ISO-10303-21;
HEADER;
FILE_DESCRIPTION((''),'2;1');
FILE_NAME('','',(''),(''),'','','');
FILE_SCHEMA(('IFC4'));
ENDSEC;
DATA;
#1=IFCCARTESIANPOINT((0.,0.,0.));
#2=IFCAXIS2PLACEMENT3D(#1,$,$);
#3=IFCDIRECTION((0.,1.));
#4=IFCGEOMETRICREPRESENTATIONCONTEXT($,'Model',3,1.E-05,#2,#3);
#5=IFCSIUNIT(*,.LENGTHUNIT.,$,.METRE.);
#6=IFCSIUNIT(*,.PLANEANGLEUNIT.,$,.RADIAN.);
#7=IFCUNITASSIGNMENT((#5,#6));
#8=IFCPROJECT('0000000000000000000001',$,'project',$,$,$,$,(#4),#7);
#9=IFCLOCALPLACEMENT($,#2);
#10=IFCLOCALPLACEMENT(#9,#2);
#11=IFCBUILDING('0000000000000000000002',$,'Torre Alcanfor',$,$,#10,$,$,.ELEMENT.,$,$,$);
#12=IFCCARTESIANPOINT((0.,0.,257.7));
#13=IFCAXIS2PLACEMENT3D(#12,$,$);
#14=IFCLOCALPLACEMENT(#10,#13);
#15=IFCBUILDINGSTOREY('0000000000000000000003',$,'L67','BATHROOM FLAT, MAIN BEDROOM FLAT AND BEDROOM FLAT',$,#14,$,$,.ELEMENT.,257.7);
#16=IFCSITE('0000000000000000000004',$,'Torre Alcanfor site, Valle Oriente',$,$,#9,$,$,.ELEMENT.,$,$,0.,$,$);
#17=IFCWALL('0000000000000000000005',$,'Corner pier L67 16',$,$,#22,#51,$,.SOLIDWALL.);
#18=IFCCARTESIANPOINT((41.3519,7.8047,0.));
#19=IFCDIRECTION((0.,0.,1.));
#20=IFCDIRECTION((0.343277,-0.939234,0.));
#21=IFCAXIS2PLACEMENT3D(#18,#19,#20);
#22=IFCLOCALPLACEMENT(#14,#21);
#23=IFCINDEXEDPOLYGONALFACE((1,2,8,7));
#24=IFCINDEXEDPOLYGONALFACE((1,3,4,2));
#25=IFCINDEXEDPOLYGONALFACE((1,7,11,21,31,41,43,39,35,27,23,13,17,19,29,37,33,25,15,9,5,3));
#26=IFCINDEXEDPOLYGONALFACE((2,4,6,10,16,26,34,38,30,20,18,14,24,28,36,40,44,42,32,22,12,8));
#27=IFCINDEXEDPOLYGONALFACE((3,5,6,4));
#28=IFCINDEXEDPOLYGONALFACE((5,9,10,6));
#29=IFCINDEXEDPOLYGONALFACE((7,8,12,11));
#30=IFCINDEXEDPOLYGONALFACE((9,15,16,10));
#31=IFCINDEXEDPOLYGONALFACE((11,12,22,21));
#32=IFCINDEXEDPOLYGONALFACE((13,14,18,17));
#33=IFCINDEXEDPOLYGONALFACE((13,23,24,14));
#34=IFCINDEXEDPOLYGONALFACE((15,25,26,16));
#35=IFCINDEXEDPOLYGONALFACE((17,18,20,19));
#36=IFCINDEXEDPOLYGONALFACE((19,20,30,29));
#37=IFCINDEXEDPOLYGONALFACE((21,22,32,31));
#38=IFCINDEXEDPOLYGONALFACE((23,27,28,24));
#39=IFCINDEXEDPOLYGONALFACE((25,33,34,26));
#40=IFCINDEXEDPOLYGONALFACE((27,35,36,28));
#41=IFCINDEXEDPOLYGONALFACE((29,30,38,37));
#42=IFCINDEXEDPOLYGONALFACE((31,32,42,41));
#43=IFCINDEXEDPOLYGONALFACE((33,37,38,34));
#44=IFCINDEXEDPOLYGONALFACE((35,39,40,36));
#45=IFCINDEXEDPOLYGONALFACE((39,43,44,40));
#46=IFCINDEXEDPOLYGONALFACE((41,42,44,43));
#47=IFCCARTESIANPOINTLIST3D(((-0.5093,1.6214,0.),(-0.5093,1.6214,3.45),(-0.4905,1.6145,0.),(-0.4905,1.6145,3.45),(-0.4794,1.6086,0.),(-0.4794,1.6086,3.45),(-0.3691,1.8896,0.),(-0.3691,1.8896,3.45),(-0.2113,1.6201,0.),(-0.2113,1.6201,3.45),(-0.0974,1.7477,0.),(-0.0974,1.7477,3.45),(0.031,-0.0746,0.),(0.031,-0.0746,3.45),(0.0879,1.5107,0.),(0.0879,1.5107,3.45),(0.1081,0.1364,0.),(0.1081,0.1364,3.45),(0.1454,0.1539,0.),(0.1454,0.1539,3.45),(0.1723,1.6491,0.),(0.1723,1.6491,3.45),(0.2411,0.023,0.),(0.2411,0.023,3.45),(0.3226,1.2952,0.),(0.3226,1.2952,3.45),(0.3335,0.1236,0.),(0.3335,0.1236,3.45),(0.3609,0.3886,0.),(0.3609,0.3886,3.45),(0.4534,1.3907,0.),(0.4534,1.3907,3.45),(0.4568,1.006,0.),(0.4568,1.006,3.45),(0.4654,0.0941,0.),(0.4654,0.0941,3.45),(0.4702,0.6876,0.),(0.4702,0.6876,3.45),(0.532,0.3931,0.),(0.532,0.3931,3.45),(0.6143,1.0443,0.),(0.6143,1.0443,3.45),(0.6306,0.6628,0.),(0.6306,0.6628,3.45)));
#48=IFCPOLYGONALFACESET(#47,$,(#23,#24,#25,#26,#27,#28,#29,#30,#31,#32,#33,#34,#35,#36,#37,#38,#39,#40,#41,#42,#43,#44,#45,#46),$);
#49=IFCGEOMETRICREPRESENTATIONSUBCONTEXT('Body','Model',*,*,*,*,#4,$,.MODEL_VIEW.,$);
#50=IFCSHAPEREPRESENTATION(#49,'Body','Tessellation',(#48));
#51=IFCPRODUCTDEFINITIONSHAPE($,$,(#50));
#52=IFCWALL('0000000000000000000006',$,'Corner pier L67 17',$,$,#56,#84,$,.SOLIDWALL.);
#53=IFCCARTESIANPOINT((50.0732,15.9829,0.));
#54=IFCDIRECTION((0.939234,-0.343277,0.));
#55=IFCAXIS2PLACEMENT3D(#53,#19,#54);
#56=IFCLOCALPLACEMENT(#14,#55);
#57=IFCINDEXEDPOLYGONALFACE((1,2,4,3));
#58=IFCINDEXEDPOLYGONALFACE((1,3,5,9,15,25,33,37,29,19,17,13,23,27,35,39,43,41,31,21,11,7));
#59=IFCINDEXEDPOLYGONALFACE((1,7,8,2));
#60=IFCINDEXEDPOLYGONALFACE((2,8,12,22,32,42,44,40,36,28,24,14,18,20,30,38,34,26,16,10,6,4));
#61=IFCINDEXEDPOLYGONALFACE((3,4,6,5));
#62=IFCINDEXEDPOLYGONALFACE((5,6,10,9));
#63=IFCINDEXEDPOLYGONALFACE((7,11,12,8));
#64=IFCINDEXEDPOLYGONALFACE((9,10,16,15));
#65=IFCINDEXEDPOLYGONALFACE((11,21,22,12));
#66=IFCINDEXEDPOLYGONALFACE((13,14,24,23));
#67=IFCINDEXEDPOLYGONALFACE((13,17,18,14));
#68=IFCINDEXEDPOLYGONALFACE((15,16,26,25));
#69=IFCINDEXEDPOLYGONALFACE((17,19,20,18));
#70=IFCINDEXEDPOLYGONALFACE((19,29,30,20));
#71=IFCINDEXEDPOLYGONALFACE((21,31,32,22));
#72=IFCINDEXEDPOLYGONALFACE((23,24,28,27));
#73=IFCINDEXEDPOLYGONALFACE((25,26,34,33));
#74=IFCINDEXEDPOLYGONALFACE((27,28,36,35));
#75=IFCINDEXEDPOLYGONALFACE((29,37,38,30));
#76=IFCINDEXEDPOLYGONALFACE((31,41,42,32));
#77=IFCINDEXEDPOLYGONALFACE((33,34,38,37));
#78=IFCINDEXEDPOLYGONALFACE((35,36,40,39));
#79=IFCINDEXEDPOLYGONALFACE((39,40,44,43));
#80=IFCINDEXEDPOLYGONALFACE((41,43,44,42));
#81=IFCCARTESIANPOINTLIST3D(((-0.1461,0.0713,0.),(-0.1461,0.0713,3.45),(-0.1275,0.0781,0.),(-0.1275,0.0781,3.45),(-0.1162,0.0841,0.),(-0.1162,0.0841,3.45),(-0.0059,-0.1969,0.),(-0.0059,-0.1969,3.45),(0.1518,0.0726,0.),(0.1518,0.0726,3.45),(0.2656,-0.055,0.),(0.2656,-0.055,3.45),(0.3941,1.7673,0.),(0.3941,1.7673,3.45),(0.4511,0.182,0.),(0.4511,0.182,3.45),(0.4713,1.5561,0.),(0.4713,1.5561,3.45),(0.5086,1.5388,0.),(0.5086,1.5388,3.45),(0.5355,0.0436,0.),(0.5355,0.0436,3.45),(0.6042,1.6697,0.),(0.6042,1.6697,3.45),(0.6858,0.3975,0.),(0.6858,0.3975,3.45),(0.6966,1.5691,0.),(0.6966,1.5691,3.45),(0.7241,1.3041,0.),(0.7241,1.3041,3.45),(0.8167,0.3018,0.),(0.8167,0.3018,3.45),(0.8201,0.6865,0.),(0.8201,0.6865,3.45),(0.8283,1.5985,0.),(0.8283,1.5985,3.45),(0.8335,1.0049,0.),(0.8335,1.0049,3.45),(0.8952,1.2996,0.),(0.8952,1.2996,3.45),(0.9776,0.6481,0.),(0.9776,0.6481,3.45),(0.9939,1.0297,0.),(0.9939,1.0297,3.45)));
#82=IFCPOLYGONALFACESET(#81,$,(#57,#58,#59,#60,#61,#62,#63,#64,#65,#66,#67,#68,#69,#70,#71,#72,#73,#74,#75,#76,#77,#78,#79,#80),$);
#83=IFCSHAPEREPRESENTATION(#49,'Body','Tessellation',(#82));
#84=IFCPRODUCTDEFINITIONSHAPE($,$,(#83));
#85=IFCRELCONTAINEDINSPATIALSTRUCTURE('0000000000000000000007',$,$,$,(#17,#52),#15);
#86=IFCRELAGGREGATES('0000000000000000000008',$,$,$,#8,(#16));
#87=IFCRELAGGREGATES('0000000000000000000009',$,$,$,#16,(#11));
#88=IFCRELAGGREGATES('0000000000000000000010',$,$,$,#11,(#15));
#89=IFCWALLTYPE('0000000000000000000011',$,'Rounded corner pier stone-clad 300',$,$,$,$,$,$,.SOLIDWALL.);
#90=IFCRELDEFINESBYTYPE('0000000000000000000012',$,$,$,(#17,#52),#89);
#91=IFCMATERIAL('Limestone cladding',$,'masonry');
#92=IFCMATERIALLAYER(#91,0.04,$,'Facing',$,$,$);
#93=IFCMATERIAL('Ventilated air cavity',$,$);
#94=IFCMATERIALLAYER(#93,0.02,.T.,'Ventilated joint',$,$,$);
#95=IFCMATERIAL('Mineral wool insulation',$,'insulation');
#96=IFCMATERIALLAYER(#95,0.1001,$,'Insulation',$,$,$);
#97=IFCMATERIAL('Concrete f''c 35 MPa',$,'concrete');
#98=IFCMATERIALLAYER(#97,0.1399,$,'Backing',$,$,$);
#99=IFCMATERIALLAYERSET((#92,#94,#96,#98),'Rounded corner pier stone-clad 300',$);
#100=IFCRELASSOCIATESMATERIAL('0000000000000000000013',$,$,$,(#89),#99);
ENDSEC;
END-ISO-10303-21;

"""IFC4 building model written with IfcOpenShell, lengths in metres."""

from ifc_helpers import new_model, si_unit, direction, frame, origin, place, context, subcontext, project, spatial, polyline, outline, extrude, material, layer, layer_set, type_object, element, save


model = new_model("IFC4")

# Units and contexts
model_context = context("Model", 3, precision=1e-05, world=origin(), true_north=direction((0.0, 1.0)))
body_context = subcontext(model_context, "Body", "Model", "MODEL_VIEW")
ifc_project = project(units=[si_unit("LENGTHUNIT", "METRE"), si_unit("PLANEANGLEUNIT", "RADIAN")], contexts=[model_context])

# Site, building, storey
site_placement = place(None, origin())
site = spatial("IfcSite", under=ifc_project, at=site_placement, Name="Torre Alcanfor site, Valle Oriente", CompositionType="ELEMENT", RefElevation=0.0)
building_placement = place(site_placement, origin())
building = spatial("IfcBuilding", under=site, at=building_placement, Name="Torre Alcanfor", CompositionType="ELEMENT")
storey_placement = place(building_placement, frame((0.0, 0.0, 257.7)))
storey = spatial("IfcBuildingStorey", under=building, at=storey_placement, Name="L67", Description="BATHROOM FLAT, MAIN BEDROOM FLAT AND BEDROOM FLAT", CompositionType="ELEMENT", Elevation=257.7)

# Shared definitions
ifc_material_1 = material(Name="Limestone cladding", Category="masonry")
ifc_material_2 = material(Name="Ventilated air cavity")
ifc_material_3 = material(Name="Mineral wool insulation", Category="insulation")
ifc_material_4 = material(Name="Concrete f'c 35 MPa", Category="concrete")

# Walls
ifc_layer_1 = layer(ifc_material_1, 0.04, Name="Facing")
ifc_layer_2 = layer(ifc_material_2, 0.02, ventilated=True, Name="Ventilated joint")
ifc_layer_3 = layer(ifc_material_3, 0.1001, Name="Insulation")
ifc_layer_4 = layer(ifc_material_4, 0.1399, Name="Backing")
ifc_layer_set_1 = layer_set([ifc_layer_1, ifc_layer_2, ifc_layer_3, ifc_layer_4], Name="Rounded corner pier stone-clad 300")
wall_type_1 = type_object("IfcWallType", Name="Rounded corner pier stone-clad 300", PredefinedType="SOLIDWALL", material=ifc_layer_set_1)
wall_1_placement = place(storey_placement, frame((41.3519, 7.8047, 0.0), z_axis=(0.0, 0.0, 1.0), x_axis=(0.343277, -0.939234, 0.0)))
element("IfcWall", 1, at=wall_1_placement, inside=storey, type_object=wall_type_1, Name="Corner pier L67 16", PredefinedType="SOLIDWALL", context=body_context, shape_type="SweptSolid", body=[
    extrude(outline(polyline([(-0.3691, 1.8896), (-0.5093, 1.6214), (-0.4905, 1.6145), (-0.4794, 1.6086), (-0.2113, 1.6201), (0.0879, 1.5107), (0.3226, 1.2952), (0.4568, 1.006), (0.4702, 0.6876), (0.3609, 0.3886), (0.1454, 0.1539), (0.1081, 0.1364), (0.031, -0.0746), (0.2411, 0.023), (0.3335, 0.1236), (0.4654, 0.0941), (0.532, 0.3931), (0.6306, 0.6628), (0.6143, 1.0443), (0.4534, 1.3907), (0.1723, 1.6491), (-0.0974, 1.7477), (-0.3691, 1.8896)])), origin(), (0.0, 0.0, 1.0), 3.45),
])
wall_2_placement = place(storey_placement, frame((50.0732, 15.9829, 0.0), z_axis=(0.0, 0.0, 1.0), x_axis=(0.939234, -0.343277, 0.0)))
element("IfcWall", 2, at=wall_2_placement, inside=storey, type_object=wall_type_1, Name="Corner pier L67 17", PredefinedType="SOLIDWALL", context=body_context, shape_type="SweptSolid", body=[
    extrude(outline(polyline([(0.8283, 1.5985), (0.6966, 1.5691), (0.6042, 1.6697), (0.3941, 1.7673), (0.4713, 1.5561), (0.5086, 1.5388), (0.7241, 1.3041), (0.8335, 1.0049), (0.8201, 0.6865), (0.6858, 0.3975), (0.4511, 0.182), (0.1518, 0.0726), (-0.1162, 0.0841), (-0.1275, 0.0781), (-0.1461, 0.0713), (-0.0059, -0.1969), (0.2656, -0.055), (0.5355, 0.0436), (0.8167, 0.3018), (0.9776, 0.6481), (0.9939, 1.0297), (0.8952, 1.2996), (0.8283, 1.5985)])), origin(), (0.0, 0.0, 1.0), 3.45),
])

save(model, "model.ifc")
